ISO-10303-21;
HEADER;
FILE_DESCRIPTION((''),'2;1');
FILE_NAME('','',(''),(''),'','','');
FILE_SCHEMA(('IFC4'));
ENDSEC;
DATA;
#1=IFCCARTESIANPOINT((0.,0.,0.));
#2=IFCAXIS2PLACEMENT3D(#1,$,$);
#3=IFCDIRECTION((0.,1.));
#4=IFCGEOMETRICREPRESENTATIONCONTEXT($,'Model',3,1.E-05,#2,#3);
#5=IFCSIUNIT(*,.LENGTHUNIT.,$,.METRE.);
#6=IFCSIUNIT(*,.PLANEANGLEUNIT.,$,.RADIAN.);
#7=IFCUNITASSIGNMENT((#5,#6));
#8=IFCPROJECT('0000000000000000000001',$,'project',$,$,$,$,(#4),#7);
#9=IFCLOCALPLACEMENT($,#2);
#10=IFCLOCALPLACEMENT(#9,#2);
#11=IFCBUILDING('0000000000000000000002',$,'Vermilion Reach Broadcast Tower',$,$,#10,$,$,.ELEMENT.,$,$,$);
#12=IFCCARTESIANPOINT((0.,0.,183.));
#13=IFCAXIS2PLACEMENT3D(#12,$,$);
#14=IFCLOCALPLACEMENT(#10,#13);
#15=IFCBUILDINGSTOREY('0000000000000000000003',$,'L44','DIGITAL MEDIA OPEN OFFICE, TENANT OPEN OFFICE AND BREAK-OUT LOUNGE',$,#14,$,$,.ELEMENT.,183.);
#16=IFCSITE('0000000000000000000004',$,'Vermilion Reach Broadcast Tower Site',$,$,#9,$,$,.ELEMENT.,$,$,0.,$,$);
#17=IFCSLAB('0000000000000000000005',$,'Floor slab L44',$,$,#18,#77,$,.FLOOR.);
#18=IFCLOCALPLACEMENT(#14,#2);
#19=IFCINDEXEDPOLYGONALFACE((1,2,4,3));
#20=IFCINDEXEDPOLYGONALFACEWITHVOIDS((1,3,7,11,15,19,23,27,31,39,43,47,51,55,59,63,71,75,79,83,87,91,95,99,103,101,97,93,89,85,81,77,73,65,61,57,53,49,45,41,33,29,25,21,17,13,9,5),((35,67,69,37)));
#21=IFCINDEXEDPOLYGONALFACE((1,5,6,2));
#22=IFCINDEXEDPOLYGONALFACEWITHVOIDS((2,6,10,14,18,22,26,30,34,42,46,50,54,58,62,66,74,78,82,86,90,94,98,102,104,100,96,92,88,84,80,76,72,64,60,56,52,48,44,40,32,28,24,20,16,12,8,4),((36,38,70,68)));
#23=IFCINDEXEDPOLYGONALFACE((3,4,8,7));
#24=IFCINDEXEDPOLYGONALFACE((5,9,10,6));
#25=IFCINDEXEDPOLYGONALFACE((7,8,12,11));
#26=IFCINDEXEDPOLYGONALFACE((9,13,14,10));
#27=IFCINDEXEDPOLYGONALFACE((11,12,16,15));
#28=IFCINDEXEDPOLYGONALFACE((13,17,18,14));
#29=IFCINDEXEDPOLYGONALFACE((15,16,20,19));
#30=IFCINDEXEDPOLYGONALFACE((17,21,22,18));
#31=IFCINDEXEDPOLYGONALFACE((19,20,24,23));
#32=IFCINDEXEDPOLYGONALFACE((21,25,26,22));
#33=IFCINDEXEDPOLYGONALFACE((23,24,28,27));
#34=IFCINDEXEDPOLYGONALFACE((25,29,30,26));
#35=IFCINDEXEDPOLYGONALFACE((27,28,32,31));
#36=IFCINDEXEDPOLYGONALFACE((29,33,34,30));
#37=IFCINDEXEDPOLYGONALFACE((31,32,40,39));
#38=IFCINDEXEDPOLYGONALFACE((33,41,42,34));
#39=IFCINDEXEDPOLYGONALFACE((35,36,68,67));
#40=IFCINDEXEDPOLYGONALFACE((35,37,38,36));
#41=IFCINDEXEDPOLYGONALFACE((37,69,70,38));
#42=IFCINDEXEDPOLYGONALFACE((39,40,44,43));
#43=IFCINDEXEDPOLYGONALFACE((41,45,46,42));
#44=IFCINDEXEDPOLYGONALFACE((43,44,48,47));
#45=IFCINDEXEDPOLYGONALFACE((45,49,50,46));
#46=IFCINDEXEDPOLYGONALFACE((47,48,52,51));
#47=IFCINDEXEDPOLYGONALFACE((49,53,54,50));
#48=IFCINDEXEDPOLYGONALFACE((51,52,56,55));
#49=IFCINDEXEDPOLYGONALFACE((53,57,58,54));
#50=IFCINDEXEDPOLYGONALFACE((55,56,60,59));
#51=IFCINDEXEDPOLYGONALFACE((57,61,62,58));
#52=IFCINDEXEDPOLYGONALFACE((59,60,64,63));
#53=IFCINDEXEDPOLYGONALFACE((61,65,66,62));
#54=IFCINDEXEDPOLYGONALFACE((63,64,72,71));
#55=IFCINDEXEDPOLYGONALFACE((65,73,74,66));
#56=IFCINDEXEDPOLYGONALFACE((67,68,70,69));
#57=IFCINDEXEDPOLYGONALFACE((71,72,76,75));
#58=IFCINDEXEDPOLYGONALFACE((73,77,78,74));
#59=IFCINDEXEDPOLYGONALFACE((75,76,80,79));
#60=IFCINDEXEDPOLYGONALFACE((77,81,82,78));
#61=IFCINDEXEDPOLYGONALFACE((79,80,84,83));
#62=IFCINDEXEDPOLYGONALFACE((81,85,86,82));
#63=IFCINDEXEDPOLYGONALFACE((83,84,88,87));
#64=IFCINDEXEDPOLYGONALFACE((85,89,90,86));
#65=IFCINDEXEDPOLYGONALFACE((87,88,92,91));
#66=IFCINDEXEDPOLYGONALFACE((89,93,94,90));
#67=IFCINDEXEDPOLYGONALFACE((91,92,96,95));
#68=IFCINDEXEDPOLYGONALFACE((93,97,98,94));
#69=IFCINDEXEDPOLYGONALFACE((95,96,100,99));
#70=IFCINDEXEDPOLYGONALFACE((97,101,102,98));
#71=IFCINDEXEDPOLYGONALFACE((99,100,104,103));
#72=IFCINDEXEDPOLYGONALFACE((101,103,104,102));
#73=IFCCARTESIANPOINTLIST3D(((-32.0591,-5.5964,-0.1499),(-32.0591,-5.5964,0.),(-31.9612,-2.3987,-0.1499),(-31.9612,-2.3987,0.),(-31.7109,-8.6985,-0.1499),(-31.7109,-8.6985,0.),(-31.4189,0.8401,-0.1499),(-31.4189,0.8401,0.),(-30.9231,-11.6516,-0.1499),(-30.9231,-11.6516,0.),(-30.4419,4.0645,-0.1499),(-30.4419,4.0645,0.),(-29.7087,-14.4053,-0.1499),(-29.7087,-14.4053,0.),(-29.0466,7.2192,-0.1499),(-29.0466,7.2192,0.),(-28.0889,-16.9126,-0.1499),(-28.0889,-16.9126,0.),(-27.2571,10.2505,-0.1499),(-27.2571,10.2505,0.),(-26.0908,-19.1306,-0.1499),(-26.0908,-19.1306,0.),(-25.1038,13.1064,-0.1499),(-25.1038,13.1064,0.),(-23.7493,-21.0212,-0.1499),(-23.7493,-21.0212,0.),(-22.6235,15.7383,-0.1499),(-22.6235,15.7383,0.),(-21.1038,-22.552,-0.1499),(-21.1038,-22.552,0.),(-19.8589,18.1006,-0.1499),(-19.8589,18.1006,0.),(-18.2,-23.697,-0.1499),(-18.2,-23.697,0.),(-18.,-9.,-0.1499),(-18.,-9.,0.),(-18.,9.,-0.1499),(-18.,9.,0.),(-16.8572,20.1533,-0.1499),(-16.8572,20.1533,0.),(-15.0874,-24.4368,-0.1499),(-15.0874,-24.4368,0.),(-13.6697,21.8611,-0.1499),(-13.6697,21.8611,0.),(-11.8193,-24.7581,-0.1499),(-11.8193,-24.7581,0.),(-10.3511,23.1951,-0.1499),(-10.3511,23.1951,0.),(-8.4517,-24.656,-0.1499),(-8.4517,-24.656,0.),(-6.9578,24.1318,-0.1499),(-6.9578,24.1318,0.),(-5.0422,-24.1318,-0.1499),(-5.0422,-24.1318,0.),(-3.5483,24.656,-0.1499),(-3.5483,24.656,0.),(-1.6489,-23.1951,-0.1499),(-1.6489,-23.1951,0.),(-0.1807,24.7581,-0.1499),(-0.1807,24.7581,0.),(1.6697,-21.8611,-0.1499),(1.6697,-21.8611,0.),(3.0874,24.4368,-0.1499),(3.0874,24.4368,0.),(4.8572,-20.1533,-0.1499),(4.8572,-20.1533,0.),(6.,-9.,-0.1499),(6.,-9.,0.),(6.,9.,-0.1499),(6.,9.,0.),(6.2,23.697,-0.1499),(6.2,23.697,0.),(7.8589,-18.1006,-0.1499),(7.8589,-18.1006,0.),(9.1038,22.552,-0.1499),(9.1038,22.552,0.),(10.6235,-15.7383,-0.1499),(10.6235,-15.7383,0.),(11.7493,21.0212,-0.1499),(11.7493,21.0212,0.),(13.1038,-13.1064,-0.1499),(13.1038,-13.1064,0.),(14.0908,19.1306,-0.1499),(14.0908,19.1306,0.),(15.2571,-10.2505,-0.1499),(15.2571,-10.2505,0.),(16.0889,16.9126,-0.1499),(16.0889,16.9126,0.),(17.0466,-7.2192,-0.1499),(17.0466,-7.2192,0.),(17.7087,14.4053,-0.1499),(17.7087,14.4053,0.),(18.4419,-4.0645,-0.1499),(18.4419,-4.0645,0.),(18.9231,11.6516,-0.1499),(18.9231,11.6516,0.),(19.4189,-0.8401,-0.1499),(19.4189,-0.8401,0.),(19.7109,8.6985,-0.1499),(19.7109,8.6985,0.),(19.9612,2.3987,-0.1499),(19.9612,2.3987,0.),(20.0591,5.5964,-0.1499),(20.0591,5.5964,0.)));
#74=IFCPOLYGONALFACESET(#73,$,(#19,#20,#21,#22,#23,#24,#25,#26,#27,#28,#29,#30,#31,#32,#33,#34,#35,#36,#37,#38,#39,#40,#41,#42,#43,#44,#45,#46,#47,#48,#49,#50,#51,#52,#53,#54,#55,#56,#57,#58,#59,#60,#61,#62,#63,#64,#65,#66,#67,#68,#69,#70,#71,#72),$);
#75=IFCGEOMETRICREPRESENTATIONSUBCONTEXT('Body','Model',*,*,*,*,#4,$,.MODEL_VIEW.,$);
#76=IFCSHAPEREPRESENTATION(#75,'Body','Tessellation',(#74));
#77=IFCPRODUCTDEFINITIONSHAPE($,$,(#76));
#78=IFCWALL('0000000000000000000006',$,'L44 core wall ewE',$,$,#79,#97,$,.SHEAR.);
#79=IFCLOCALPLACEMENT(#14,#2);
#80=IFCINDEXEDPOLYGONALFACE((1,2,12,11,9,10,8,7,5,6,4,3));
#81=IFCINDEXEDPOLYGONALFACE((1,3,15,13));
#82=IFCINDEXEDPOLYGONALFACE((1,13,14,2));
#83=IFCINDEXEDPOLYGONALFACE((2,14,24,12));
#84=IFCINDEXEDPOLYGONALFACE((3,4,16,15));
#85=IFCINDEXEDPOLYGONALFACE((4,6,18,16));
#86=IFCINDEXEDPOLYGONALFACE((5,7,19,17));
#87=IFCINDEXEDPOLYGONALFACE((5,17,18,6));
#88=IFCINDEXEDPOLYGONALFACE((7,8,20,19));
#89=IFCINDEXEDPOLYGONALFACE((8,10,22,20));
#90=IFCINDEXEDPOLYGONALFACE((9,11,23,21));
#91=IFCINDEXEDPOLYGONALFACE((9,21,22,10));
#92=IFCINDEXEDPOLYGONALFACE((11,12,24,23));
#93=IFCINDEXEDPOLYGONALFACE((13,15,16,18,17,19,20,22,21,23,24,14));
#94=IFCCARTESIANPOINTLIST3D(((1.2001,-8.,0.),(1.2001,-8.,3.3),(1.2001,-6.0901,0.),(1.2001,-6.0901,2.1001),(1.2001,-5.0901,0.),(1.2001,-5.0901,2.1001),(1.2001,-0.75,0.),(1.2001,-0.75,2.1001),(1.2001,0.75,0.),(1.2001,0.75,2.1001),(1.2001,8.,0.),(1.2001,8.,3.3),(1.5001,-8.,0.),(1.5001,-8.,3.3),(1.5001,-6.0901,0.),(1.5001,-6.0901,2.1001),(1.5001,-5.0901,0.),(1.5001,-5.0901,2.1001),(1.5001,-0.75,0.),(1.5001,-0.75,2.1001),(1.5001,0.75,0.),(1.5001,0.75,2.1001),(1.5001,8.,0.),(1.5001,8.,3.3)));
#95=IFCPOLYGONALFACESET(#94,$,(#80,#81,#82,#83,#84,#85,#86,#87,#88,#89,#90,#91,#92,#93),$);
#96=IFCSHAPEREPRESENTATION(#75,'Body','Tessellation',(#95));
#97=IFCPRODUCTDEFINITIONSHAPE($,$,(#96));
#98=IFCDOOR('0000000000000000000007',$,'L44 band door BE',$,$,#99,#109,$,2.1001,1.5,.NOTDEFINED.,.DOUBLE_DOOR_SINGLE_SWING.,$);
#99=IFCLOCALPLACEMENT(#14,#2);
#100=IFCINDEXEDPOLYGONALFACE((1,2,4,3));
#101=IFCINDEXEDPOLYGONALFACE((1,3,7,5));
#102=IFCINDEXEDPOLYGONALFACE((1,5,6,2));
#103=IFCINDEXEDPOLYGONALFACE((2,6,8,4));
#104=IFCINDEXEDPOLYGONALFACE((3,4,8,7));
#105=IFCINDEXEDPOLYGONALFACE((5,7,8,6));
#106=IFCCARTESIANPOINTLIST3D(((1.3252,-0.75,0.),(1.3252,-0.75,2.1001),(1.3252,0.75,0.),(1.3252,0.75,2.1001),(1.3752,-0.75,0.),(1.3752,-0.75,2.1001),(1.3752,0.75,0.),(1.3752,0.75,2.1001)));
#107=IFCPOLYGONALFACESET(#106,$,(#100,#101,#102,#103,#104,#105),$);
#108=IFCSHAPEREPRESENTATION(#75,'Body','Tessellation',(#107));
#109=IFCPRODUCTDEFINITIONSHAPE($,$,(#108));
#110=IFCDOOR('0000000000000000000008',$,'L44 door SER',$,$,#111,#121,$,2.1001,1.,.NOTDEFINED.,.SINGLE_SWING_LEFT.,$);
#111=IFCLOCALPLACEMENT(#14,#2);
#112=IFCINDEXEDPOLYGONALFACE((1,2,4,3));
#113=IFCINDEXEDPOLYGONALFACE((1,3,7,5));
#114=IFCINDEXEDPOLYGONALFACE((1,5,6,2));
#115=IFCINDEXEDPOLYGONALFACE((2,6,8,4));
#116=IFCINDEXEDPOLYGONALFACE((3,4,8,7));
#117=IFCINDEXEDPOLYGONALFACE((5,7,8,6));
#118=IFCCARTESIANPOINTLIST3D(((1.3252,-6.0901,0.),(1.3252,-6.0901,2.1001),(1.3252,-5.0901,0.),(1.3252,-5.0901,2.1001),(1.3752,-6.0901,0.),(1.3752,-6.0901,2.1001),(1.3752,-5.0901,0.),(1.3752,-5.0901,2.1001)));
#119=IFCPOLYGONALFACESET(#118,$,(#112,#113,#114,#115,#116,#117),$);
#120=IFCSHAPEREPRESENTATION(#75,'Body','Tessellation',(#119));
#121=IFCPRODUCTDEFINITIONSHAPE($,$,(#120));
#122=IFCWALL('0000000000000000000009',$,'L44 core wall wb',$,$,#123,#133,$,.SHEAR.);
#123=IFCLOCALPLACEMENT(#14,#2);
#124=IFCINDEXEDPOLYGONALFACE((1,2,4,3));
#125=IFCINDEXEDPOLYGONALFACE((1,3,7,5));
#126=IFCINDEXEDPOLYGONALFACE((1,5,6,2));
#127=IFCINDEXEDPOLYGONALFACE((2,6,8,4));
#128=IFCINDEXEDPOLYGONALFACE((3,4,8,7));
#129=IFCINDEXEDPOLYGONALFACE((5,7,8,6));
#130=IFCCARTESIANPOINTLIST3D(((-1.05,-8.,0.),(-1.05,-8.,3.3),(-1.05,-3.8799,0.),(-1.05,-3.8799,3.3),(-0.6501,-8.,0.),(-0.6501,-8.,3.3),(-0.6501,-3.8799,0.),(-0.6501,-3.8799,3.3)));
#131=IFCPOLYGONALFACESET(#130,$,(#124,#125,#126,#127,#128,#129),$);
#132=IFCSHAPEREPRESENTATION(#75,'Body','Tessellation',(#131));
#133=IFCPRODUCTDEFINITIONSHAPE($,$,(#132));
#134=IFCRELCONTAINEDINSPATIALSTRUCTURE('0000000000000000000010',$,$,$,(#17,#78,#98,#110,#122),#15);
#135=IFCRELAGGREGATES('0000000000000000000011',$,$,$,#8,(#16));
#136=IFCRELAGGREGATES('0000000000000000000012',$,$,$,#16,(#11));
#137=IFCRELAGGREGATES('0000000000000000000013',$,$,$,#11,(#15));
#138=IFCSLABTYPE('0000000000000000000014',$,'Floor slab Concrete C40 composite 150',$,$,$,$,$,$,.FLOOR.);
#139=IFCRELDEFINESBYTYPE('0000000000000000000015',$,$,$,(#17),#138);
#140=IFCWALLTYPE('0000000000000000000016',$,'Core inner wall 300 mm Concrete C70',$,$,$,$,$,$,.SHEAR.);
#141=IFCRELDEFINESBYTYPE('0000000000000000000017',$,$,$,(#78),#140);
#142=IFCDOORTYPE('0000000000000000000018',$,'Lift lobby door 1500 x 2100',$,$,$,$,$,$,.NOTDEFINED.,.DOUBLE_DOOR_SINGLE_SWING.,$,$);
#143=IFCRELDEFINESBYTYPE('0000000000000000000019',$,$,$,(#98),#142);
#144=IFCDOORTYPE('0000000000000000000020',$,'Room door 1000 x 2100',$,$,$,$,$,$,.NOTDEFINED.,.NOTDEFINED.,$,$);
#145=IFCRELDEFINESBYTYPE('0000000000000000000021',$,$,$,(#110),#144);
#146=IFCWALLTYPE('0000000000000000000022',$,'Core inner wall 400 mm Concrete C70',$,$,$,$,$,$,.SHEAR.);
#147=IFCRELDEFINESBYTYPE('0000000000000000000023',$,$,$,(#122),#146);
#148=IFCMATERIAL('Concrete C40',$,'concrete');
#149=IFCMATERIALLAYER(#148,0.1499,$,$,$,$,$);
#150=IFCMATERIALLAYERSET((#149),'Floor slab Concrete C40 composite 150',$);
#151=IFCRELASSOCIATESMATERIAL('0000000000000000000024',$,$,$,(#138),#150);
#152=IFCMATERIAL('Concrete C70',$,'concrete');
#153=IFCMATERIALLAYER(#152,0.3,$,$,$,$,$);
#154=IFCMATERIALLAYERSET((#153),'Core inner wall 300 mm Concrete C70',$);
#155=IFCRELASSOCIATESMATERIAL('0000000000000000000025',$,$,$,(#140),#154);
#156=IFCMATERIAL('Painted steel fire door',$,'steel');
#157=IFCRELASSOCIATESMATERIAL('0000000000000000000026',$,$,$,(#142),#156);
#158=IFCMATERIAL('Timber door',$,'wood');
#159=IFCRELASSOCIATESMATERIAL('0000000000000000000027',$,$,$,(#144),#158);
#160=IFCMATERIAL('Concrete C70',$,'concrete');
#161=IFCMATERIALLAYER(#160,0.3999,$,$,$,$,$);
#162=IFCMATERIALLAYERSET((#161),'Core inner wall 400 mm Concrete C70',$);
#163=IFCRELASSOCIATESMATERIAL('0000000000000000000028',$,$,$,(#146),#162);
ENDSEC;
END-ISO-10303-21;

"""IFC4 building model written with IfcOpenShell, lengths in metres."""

from ifc_helpers import new_model, si_unit, direction, frame, frame_2d, origin, place, context, subcontext, project, spatial, polyline, rectangle, outline, extrude, material, layer, layer_set, type_object, element, fill, save


model = new_model("IFC4")

# Units and contexts
model_context = context("Model", 3, precision=1e-05, world=origin(), true_north=direction((0.0, 1.0)))
body_context = subcontext(model_context, "Body", "Model", "MODEL_VIEW")
ifc_project = project(units=[si_unit("LENGTHUNIT", "METRE"), si_unit("PLANEANGLEUNIT", "RADIAN")], contexts=[model_context])

# Site, building, storey
site_placement = place(None, origin())
site = spatial("IfcSite", under=ifc_project, at=site_placement, Name="Vermilion Reach Broadcast Tower Site", CompositionType="ELEMENT", RefElevation=0.0)
building_placement = place(site_placement, origin())
building = spatial("IfcBuilding", under=site, at=building_placement, Name="Vermilion Reach Broadcast Tower", CompositionType="ELEMENT")
storey_placement = place(building_placement, frame((0.0, 0.0, 183.0)))
storey = spatial("IfcBuildingStorey", under=building, at=storey_placement, Name="L44", Description="DIGITAL MEDIA OPEN OFFICE, TENANT OPEN OFFICE AND BREAK-OUT LOUNGE", CompositionType="ELEMENT", Elevation=183.0)

# Slab
ifc_material_1 = material(Name="Concrete C40", Category="concrete")
ifc_layer_1 = layer(ifc_material_1, 0.1499)
ifc_layer_set_1 = layer_set([ifc_layer_1], Name="Floor slab Concrete C40 composite 150")
slab_type_1 = type_object("IfcSlabType", Name="Floor slab Concrete C40 composite 150", PredefinedType="FLOOR", material=ifc_layer_set_1)
slab_1_placement = place(storey_placement, frame((0.0, 0.0, -0.1499)))
element("IfcSlab", 1, at=slab_1_placement, inside=storey, type_object=slab_type_1, Name="Floor slab L44", PredefinedType="FLOOR", context=body_context, shape_type="SweptSolid", body=[
    extrude(outline(polyline([(16.0889, 16.9126), (14.0908, 19.1306), (11.7493, 21.0212), (9.1038, 22.552), (6.2, 23.697), (3.0874, 24.4368), (-0.1807, 24.7581), (-3.5483, 24.656), (-6.9578, 24.1318), (-10.3511, 23.1951), (-13.6697, 21.8611), (-16.8572, 20.1533), (-19.8589, 18.1006), (-22.6235, 15.7383), (-25.1038, 13.1064), (-27.2571, 10.2505), (-29.0466, 7.2192), (-30.4419, 4.0645), (-31.4189, 0.8401), (-31.9612, -2.3987), (-32.0591, -5.5964), (-31.7109, -8.6985), (-30.9231, -11.6516), (-29.7087, -14.4053), (-28.0889, -16.9126), (-26.0908, -19.1306), (-23.7493, -21.0212), (-21.1038, -22.552), (-18.2, -23.697), (-15.0874, -24.4368), (-11.8193, -24.7581), (-8.4517, -24.656), (-5.0422, -24.1318), (-1.6489, -23.1951), (1.6697, -21.8611), (4.8572, -20.1533), (7.8589, -18.1006), (10.6235, -15.7383), (13.1038, -13.1064), (15.2571, -10.2505), (17.0466, -7.2192), (18.4419, -4.0645), (19.4189, -0.8401), (19.9612, 2.3987), (20.0591, 5.5964), (19.7109, 8.6985), (18.9231, 11.6516), (17.7087, 14.4053), (16.0889, 16.9126)]), holes=[polyline([(-18.0, -9.0), (6.0, -9.0), (6.0, 9.0), (-18.0, 9.0), (-18.0, -9.0)])]), origin(), (0.0, 0.0, 1.0), 0.1499),
])

# Wall, openings, doors
ifc_material_2 = material(Name="Concrete C70", Category="concrete")
ifc_layer_2 = layer(ifc_material_2, 0.3)
ifc_layer_set_2 = layer_set([ifc_layer_2], Name="Core inner wall 300 mm Concrete C70")
wall_type_1 = type_object("IfcWallType", Name="Core inner wall 300 mm Concrete C70", PredefinedType="SHEAR", material=ifc_layer_set_2)
wall_1_placement = place(storey_placement, frame((1.3501, -8.0, 0.0), z_axis=(0.0, 0.0, 1.0), x_axis=(0.0, 1.0, 0.0)))
wall_1 = element("IfcWall", 2, at=wall_1_placement, inside=storey, type_object=wall_type_1, Name="L44 core wall ewE", PredefinedType="SHEAR", context=body_context, shape_type="SweptSolid", body=[
    extrude(rectangle(XDim=16.0, YDim=0.3, at=frame_2d((8.0, 0.0))), origin(), (0.0, 0.0, 1.0), 3.3),
])
opening_1_placement = place(wall_1_placement, frame((1.9099, 0.0, 0.0)))
opening_1 = element("IfcOpeningElement", 3, at=opening_1_placement, cuts=wall_1, PredefinedType="OPENING", context=body_context, shape_type="SweptSolid", body=[
    extrude(rectangle(XDim=1.0, YDim=2.1001, at=frame_2d((0.5, 1.05))), frame((0.0, 0.1599, 0.0), z_axis=(0.0, -1.0, 0.0), x_axis=(1.0, 0.0, 0.0)), (0.0, 0.0, 1.0), 0.3201),
])
opening_2_placement = place(wall_1_placement, frame((7.25, 0.0, 0.0)))
opening_2 = element("IfcOpeningElement", 4, at=opening_2_placement, cuts=wall_1, PredefinedType="OPENING", context=body_context, shape_type="SweptSolid", body=[
    extrude(rectangle(XDim=1.5, YDim=2.1001, at=frame_2d((0.75, 1.05))), frame((0.0, 0.1599, 0.0), z_axis=(0.0, -1.0, 0.0), x_axis=(1.0, 0.0, 0.0)), (0.0, 0.0, 1.0), 0.3201),
])
ifc_material_3 = material(Name="Painted steel fire door", Category="steel")
door_type_1 = type_object("IfcDoorType", Name="Lift lobby door 1500 x 2100", OperationType="DOUBLE_DOOR_SINGLE_SWING", PredefinedType="NOTDEFINED", material=ifc_material_3)
door_1_placement = place(opening_2_placement, origin())
door_1 = element("IfcDoor", 5, at=door_1_placement, inside=storey, type_object=door_type_1, Name="L44 band door BE", OperationType="DOUBLE_DOOR_SINGLE_SWING", OverallHeight=2.1001, OverallWidth=1.5, PredefinedType="NOTDEFINED", context=body_context, shape_type="SweptSolid", body=[
    extrude(rectangle(XDim=1.5, YDim=2.1001, at=frame_2d((0.75, 1.05))), frame((0.0, 0.0249, 0.0), z_axis=(0.0, -1.0, 0.0), x_axis=(1.0, 0.0, 0.0)), (0.0, 0.0, 1.0), 0.05),
])
fill(opening_2, door_1)
ifc_material_4 = material(Name="Timber door", Category="wood")
door_type_2 = type_object("IfcDoorType", Name="Room door 1000 x 2100", OperationType="NOTDEFINED", PredefinedType="NOTDEFINED", material=ifc_material_4)
door_2_placement = place(opening_1_placement, origin())
door_2 = element("IfcDoor", 6, at=door_2_placement, inside=storey, type_object=door_type_2, Name="L44 door SER", OperationType="SINGLE_SWING_LEFT", OverallHeight=2.1001, OverallWidth=1.0, PredefinedType="NOTDEFINED", context=body_context, shape_type="SweptSolid", body=[
    extrude(rectangle(XDim=1.0, YDim=2.1001, at=frame_2d((0.5, 1.05))), frame((0.0, 0.0249, 0.0), z_axis=(0.0, -1.0, 0.0), x_axis=(1.0, 0.0, 0.0)), (0.0, 0.0, 1.0), 0.05),
])
fill(opening_1, door_2)

# Wall
ifc_material_5 = material(Name="Concrete C70", Category="concrete")
ifc_layer_3 = layer(ifc_material_5, 0.3999)
ifc_layer_set_3 = layer_set([ifc_layer_3], Name="Core inner wall 400 mm Concrete C70")
wall_type_2 = type_object("IfcWallType", Name="Core inner wall 400 mm Concrete C70", PredefinedType="SHEAR", material=ifc_layer_set_3)
wall_2_placement = place(storey_placement, frame((-0.8501, -3.8799, 0.0), z_axis=(0.0, 0.0, 1.0), x_axis=(0.0, -1.0, 0.0)))
element("IfcWall", 7, at=wall_2_placement, inside=storey, type_object=wall_type_2, Name="L44 core wall wb", PredefinedType="SHEAR", context=body_context, shape_type="SweptSolid", body=[
    extrude(rectangle(XDim=4.1201, YDim=0.3999, at=frame_2d((2.0601, 0.0))), origin(), (0.0, 0.0, 1.0), 3.3),
])

save(model, "model.ifc")
